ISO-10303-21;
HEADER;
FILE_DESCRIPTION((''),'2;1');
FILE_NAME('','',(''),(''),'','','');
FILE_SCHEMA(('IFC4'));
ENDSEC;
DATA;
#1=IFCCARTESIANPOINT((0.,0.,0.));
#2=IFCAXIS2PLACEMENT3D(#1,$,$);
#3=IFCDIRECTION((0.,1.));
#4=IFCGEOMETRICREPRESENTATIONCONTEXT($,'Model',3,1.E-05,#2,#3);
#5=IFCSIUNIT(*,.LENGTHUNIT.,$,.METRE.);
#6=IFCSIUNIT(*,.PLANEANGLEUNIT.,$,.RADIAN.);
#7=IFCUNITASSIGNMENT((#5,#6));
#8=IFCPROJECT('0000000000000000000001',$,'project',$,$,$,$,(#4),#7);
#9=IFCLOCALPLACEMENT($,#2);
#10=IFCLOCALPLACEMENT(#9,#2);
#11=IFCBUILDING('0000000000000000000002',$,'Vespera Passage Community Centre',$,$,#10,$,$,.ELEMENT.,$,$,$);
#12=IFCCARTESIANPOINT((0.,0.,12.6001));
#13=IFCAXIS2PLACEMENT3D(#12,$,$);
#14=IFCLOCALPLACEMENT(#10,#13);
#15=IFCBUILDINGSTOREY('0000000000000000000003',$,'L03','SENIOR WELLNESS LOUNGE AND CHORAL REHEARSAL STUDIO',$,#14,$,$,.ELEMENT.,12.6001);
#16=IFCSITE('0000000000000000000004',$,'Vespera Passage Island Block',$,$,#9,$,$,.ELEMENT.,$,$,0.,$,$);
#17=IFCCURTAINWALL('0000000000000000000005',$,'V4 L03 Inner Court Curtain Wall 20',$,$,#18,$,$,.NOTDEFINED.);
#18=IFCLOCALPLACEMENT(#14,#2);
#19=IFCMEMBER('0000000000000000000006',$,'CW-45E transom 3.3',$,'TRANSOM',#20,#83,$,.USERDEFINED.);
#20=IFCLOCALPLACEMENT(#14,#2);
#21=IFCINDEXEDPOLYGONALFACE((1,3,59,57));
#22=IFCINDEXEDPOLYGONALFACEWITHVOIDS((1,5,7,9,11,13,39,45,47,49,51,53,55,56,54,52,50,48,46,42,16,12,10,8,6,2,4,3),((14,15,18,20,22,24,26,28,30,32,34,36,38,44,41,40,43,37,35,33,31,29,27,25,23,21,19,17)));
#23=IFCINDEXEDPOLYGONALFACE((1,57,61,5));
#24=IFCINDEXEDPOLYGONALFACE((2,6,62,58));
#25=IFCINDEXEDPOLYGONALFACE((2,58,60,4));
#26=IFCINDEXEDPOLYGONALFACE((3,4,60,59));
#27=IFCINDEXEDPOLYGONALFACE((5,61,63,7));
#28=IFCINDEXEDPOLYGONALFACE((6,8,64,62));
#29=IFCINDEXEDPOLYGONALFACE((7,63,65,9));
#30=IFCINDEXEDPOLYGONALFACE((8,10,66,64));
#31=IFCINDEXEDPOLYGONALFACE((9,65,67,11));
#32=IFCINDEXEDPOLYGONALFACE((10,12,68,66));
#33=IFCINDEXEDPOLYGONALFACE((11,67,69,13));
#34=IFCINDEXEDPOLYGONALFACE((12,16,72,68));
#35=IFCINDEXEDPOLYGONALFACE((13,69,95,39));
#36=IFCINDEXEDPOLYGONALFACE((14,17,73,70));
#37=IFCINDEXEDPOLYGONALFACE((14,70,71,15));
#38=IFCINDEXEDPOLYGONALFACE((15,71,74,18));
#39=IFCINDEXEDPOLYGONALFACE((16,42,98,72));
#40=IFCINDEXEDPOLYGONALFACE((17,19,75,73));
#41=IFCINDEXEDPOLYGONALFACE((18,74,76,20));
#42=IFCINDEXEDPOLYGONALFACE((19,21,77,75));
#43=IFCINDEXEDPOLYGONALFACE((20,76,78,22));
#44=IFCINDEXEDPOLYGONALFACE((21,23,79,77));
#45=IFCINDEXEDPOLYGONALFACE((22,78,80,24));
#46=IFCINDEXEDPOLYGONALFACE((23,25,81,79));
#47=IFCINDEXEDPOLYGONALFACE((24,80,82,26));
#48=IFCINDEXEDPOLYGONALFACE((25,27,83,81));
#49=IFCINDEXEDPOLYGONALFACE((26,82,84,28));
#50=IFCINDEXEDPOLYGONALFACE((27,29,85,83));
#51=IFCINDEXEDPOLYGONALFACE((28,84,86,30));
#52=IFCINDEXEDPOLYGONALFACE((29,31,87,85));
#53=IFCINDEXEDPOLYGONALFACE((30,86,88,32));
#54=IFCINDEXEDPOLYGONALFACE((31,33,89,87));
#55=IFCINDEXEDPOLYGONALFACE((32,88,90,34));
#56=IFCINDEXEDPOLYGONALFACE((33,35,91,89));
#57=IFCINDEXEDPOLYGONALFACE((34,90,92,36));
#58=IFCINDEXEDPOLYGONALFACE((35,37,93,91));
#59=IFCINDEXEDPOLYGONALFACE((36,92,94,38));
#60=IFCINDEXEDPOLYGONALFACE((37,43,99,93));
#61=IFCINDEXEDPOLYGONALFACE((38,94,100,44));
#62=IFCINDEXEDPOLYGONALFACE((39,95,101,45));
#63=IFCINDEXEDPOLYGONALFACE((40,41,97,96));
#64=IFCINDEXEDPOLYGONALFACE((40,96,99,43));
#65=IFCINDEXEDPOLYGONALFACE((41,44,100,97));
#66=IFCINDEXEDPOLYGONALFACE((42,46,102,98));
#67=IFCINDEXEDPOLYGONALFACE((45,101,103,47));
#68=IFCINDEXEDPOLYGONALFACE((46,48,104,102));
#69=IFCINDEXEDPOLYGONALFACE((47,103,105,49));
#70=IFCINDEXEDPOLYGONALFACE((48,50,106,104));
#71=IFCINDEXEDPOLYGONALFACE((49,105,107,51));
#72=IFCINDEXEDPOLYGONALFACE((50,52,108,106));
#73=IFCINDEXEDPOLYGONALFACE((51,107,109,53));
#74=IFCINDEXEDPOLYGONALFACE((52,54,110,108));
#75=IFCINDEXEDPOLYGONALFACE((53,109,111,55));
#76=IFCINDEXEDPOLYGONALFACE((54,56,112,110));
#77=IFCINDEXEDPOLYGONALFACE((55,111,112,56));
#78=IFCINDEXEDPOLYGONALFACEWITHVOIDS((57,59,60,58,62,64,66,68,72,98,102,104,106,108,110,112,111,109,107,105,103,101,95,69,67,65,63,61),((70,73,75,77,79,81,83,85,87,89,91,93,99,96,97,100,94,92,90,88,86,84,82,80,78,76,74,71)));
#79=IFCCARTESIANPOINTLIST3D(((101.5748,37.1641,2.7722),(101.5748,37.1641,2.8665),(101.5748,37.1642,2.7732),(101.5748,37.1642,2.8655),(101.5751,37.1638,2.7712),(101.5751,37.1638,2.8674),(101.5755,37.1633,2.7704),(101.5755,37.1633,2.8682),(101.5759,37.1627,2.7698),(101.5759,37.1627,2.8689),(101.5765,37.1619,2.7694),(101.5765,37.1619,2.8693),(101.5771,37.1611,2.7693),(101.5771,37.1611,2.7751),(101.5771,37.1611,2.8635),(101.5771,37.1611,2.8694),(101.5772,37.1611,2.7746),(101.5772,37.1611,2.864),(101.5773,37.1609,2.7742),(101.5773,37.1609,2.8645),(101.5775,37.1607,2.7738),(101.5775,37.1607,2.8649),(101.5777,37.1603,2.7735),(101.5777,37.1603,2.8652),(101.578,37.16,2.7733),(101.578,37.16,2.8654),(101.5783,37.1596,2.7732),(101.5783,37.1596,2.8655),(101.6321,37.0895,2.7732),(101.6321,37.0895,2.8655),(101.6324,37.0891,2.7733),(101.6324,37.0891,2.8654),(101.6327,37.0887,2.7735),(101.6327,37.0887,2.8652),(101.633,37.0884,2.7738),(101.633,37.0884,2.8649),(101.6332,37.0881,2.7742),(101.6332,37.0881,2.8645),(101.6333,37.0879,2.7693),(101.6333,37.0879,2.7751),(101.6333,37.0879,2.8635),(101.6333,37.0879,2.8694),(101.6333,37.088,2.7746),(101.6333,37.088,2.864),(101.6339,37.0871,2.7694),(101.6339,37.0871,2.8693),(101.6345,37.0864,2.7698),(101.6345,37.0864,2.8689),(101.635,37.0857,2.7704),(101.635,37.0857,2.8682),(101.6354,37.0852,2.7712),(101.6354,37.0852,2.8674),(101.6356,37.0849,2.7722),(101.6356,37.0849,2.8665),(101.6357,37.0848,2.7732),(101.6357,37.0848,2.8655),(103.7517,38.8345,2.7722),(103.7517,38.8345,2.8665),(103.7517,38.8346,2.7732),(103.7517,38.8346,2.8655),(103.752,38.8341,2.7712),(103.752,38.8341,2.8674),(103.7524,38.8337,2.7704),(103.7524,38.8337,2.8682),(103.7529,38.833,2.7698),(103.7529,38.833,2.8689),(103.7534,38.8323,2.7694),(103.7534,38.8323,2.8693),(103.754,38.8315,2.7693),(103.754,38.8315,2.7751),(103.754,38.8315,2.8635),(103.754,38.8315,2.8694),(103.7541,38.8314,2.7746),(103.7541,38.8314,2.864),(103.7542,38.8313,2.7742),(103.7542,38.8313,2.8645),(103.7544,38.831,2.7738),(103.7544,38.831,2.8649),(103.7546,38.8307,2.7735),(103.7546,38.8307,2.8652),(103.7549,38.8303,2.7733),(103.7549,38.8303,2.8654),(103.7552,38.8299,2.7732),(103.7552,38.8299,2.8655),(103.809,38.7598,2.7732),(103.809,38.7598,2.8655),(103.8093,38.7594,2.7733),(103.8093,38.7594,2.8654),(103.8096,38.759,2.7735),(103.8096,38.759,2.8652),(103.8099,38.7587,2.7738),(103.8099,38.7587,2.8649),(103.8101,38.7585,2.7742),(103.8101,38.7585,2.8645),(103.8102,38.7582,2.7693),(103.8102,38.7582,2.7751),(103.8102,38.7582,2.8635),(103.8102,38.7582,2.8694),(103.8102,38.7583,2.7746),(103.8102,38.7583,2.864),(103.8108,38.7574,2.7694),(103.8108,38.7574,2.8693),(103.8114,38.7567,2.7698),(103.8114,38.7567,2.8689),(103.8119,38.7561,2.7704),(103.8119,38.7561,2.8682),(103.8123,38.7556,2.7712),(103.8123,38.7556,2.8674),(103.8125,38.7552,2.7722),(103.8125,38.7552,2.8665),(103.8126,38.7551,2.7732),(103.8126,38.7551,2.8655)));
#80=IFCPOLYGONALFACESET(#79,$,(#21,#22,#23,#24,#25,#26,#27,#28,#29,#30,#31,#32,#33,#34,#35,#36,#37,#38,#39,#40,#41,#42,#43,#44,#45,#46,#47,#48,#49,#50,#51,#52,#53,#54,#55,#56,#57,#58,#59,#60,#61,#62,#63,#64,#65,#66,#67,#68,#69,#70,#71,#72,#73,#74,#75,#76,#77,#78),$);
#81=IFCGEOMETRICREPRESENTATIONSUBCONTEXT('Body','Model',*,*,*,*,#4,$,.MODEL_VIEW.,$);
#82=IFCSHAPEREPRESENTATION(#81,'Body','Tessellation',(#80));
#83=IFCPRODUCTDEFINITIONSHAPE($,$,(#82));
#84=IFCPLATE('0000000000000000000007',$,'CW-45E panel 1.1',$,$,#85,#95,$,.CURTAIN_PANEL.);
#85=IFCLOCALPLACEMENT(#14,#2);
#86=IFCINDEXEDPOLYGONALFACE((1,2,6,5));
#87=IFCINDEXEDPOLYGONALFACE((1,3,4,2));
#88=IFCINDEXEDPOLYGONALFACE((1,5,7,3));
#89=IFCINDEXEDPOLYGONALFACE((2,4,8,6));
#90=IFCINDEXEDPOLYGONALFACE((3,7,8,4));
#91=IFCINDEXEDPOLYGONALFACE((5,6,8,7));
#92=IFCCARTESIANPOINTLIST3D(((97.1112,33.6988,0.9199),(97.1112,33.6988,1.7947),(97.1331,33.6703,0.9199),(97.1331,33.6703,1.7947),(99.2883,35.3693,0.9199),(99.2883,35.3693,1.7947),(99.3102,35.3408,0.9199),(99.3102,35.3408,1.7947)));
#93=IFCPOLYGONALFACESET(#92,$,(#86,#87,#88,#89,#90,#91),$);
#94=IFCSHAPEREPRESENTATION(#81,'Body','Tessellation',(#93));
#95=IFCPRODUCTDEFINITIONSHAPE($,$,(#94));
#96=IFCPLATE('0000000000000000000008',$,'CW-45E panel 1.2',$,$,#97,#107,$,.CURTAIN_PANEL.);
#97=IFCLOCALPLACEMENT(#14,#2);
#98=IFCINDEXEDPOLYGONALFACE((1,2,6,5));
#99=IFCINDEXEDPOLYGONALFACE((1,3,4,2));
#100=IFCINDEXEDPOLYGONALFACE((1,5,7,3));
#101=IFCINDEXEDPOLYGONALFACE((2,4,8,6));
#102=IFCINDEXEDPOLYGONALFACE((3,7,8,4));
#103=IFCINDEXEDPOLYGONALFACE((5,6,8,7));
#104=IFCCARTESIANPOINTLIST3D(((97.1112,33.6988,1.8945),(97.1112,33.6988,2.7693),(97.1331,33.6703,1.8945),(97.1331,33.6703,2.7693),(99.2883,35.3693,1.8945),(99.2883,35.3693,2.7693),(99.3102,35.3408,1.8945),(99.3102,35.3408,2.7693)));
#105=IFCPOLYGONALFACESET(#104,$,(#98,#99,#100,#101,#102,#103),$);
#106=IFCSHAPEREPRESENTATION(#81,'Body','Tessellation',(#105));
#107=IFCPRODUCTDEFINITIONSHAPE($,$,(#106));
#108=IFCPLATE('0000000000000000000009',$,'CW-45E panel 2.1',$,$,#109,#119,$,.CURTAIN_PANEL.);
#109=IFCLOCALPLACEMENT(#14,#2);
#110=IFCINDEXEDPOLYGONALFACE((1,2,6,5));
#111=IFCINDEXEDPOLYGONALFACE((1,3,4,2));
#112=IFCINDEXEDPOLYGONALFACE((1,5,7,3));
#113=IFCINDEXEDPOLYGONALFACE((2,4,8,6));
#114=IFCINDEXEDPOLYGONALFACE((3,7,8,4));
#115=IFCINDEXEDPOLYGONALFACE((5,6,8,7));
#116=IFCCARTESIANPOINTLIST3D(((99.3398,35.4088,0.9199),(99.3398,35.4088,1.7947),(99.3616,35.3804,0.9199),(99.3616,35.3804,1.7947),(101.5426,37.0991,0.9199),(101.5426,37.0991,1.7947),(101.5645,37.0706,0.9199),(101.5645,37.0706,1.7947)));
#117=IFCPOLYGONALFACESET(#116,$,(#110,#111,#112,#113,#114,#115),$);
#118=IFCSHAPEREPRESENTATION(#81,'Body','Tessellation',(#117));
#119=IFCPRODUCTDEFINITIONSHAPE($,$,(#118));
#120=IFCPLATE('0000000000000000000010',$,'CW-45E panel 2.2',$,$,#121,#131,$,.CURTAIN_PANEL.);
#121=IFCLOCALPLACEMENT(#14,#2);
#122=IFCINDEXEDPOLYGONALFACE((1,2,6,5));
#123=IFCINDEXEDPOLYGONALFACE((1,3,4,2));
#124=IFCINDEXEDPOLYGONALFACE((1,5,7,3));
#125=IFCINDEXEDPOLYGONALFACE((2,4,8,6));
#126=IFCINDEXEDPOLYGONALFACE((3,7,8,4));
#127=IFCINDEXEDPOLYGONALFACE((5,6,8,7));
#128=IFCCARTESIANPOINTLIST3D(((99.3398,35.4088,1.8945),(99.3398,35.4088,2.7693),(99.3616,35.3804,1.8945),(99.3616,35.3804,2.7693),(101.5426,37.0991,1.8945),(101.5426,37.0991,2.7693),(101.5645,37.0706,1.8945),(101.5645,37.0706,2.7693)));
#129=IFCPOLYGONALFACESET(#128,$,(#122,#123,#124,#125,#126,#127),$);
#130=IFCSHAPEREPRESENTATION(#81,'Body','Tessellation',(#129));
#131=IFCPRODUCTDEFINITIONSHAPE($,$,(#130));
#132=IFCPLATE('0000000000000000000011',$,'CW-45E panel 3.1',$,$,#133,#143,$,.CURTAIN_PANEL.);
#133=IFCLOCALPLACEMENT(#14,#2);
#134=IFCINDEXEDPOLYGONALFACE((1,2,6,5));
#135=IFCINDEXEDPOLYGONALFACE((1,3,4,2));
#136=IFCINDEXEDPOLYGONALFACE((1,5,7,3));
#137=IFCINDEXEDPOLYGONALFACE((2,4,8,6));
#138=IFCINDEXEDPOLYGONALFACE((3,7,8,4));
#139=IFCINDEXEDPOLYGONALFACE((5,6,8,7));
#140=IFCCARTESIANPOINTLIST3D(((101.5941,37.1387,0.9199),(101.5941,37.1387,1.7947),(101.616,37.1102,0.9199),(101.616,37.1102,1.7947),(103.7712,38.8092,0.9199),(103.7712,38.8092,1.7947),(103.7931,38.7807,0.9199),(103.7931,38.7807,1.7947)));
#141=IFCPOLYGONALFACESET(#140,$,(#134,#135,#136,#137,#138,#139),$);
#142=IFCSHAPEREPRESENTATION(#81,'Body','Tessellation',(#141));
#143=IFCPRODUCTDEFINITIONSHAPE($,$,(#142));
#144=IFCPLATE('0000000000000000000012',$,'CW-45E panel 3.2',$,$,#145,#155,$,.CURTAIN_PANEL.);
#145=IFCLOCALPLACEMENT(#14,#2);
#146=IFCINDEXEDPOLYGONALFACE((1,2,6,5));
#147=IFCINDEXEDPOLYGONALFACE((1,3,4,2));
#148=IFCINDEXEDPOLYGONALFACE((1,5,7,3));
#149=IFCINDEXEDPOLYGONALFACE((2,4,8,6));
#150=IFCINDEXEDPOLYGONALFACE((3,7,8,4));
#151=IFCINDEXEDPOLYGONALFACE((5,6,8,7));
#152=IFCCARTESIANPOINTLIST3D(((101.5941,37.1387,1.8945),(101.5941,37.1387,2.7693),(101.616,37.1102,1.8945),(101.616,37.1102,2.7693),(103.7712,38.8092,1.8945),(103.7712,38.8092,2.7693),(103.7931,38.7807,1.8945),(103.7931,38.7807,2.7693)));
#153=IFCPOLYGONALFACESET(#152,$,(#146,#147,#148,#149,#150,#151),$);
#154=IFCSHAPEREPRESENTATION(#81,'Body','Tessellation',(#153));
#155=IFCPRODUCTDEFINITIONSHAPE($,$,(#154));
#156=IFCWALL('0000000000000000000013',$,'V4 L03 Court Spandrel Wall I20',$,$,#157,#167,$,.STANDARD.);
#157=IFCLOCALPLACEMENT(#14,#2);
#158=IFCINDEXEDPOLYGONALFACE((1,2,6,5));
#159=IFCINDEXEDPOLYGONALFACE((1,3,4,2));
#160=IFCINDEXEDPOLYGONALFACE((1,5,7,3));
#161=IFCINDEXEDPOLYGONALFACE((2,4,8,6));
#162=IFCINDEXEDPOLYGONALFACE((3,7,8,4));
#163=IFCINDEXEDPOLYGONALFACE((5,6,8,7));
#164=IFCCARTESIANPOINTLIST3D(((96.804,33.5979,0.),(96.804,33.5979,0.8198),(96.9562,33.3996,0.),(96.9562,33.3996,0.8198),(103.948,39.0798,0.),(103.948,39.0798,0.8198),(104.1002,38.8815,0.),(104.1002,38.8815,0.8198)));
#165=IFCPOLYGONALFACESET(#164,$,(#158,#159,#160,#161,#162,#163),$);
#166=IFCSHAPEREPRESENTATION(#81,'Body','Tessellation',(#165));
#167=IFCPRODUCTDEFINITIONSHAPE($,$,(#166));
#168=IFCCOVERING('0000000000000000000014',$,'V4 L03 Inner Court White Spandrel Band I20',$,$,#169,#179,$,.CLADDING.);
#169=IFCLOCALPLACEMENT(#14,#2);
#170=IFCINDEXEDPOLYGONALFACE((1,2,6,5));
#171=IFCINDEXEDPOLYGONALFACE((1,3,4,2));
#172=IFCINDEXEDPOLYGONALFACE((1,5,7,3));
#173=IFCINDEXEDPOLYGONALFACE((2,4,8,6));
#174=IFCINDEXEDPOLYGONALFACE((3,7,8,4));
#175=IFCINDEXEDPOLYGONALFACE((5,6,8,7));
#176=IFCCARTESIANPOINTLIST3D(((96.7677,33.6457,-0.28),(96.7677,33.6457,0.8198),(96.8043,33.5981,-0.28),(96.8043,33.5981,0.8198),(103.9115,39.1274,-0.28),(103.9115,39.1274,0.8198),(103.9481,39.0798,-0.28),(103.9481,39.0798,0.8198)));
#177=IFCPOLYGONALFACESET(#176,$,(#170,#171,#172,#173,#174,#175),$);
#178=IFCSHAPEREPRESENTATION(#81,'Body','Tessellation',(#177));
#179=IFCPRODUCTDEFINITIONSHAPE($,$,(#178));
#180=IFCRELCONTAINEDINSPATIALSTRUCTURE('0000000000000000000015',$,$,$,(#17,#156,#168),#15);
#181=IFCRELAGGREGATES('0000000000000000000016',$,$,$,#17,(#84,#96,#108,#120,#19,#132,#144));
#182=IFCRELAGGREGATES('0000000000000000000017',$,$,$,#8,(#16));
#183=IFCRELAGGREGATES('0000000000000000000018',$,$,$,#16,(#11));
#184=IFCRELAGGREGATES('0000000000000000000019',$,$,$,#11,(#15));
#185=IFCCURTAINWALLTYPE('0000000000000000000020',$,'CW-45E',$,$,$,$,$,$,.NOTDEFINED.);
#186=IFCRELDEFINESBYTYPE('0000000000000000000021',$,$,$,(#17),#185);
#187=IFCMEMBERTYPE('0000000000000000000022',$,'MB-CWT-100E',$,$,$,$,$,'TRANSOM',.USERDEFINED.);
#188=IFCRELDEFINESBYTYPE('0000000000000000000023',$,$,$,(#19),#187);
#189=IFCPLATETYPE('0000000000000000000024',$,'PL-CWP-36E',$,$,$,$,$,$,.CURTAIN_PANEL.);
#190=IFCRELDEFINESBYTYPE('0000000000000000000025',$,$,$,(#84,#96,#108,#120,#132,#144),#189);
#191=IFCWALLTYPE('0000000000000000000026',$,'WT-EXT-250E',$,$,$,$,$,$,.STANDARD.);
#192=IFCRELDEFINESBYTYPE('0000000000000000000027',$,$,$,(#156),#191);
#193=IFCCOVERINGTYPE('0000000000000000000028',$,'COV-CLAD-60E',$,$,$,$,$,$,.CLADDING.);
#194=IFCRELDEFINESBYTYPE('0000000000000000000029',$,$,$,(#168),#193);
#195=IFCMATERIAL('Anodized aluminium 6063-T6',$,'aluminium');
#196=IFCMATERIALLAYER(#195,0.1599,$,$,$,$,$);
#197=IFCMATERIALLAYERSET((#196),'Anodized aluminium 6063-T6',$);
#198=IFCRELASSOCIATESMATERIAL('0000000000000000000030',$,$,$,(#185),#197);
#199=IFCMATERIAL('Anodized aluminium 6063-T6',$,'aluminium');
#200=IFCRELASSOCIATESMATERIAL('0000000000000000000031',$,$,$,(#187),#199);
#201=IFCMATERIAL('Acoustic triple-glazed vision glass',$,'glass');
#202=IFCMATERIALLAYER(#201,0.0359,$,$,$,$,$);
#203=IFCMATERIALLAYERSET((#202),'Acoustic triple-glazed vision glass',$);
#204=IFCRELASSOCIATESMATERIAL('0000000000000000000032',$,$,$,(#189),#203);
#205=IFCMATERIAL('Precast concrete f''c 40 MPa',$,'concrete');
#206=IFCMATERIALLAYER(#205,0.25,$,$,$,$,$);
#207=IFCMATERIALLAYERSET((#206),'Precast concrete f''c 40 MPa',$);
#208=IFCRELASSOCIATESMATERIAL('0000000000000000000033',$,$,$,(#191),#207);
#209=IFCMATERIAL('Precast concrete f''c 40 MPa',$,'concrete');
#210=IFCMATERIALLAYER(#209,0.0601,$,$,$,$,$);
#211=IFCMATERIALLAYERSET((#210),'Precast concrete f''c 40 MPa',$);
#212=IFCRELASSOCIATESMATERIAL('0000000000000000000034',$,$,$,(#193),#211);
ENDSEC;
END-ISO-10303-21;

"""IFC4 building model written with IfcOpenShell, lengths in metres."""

from ifc_helpers import new_model, si_unit, direction, frame, frame_2d, origin, origin_2d, place, context, subcontext, project, spatial, rectangle, hollow_rectangle, extrude, material, layer, layer_set, material_profile, profile_set, type_object, element, aggregate, save


model = new_model("IFC4")

# Units and contexts
model_context = context("Model", 3, precision=1e-05, world=origin(), true_north=direction((0.0, 1.0)))
body_context = subcontext(model_context, "Body", "Model", "MODEL_VIEW")
ifc_project = project(units=[si_unit("LENGTHUNIT", "METRE"), si_unit("PLANEANGLEUNIT", "RADIAN")], contexts=[model_context])

# Site, building, storey
site_placement = place(None, origin())
site = spatial("IfcSite", under=ifc_project, at=site_placement, Name="Vespera Passage Island Block", CompositionType="ELEMENT", RefElevation=0.0)
building_placement = place(site_placement, origin())
building = spatial("IfcBuilding", under=site, at=building_placement, Name="Vespera Passage Community Centre", CompositionType="ELEMENT")
storey_placement = place(building_placement, frame((0.0, 0.0, 12.6001)))
storey = spatial("IfcBuildingStorey", under=building, at=storey_placement, Name="L03", Description="SENIOR WELLNESS LOUNGE AND CHORAL REHEARSAL STUDIO", CompositionType="ELEMENT", Elevation=12.6001)

# Curtain wall, member, plates
ifc_material_1 = material(Name="Anodized aluminium 6063-T6", Category="aluminium")
ifc_layer_1 = layer(ifc_material_1, 0.1599)
ifc_layer_set_1 = layer_set([ifc_layer_1], Name="Anodized aluminium 6063-T6")
curtain_wall_type = type_object("IfcCurtainWallType", Name="CW-45E", PredefinedType="NOTDEFINED", material=ifc_layer_set_1)
curtain_wall_placement = place(storey_placement, origin())
curtain_wall = element("IfcCurtainWall", 1, at=curtain_wall_placement, inside=storey, type_object=curtain_wall_type, Name="V4 L03 Inner Court Curtain Wall 20", PredefinedType="NOTDEFINED")
ifc_material_2 = material(Name="Anodized aluminium 6063-T6", Category="aluminium")
ifc_material_profile_1 = material_profile(ifc_material_2, hollow_rectangle(XDim=0.1001, YDim=0.1001, WallThickness=0.0039, InnerFilletRadius=0.002, OuterFilletRadius=0.0039, at=origin_2d()), Name="ALU100X100X4")
ifc_profile_set_1 = profile_set([ifc_material_profile_1], Name="Anodized aluminium 6063-T6")
member_type_1 = type_object("IfcMemberType", Name="MB-CWT-100E", ElementType="TRANSOM", PredefinedType="USERDEFINED", material=ifc_profile_set_1)
member_1_placement = place(storey_placement, frame((101.6052, 37.1245, 2.8193), z_axis=(0.793364, 0.608747, 0.0), x_axis=(-0.608747, 0.793364, 0.0)))
member_1 = element("IfcMember", 2, at=member_1_placement, type_object=member_type_1, Name="CW-45E transom 3.3", ObjectType="TRANSOM", PredefinedType="USERDEFINED", context=body_context, shape_type="SweptSolid", body=[
    extrude(hollow_rectangle(XDim=0.1001, YDim=0.1001, WallThickness=0.0039, InnerFilletRadius=0.002, OuterFilletRadius=0.0039, at=origin_2d()), origin(), (0.0, 0.0, 1.0), 2.7439),
])
ifc_material_3 = material(Name="Acoustic triple-glazed vision glass", Category="glass")
ifc_layer_2 = layer(ifc_material_3, 0.0359)
ifc_layer_set_2 = layer_set([ifc_layer_2], Name="Acoustic triple-glazed vision glass")
plate_type = type_object("IfcPlateType", Name="PL-CWP-36E", PredefinedType="CURTAIN_PANEL", material=ifc_layer_set_2)
plate_1_placement = place(storey_placement, frame((98.2107, 34.5198, 0.9199), z_axis=(0.0, 0.0, 1.0), x_axis=(0.793358, 0.608755, 0.0)))
plate_1 = element("IfcPlate", 3, at=plate_1_placement, type_object=plate_type, Name="CW-45E panel 1.1", PredefinedType="CURTAIN_PANEL", context=body_context, shape_type="SweptSolid", body=[
    extrude(rectangle(XDim=2.7441, YDim=0.0359, at=origin_2d()), origin(), (0.0, 0.0, 1.0), 0.8748),
])
plate_2_placement = place(storey_placement, frame((98.2107, 34.5198, 1.8945), z_axis=(0.0, 0.0, 1.0), x_axis=(0.793358, 0.608755, 0.0)))
plate_2 = element("IfcPlate", 4, at=plate_2_placement, type_object=plate_type, Name="CW-45E panel 1.2", PredefinedType="CURTAIN_PANEL", context=body_context, shape_type="SweptSolid", body=[
    extrude(rectangle(XDim=2.7441, YDim=0.0359, at=origin_2d()), origin(), (0.0, 0.0, 1.0), 0.8748),
])
plate_3_placement = place(storey_placement, frame((100.4521, 36.2397, 0.9199), z_axis=(0.0, 0.0, 1.0), x_axis=(0.793358, 0.608755, 0.0)))
plate_3 = element("IfcPlate", 5, at=plate_3_placement, type_object=plate_type, Name="CW-45E panel 2.1", PredefinedType="CURTAIN_PANEL", context=body_context, shape_type="SweptSolid", body=[
    extrude(rectangle(XDim=2.7766, YDim=0.0359, at=origin_2d()), origin(), (0.0, 0.0, 1.0), 0.8748),
])
plate_4_placement = place(storey_placement, frame((100.4521, 36.2397, 1.8945), z_axis=(0.0, 0.0, 1.0), x_axis=(0.793358, 0.608755, 0.0)))
plate_4 = element("IfcPlate", 6, at=plate_4_placement, type_object=plate_type, Name="CW-45E panel 2.2", PredefinedType="CURTAIN_PANEL", context=body_context, shape_type="SweptSolid", body=[
    extrude(rectangle(XDim=2.7766, YDim=0.0359, at=origin_2d()), origin(), (0.0, 0.0, 1.0), 0.8748),
])
plate_5_placement = place(storey_placement, frame((102.6936, 37.9597, 0.9199), z_axis=(0.0, 0.0, 1.0), x_axis=(0.793358, 0.608755, 0.0)))
plate_5 = element("IfcPlate", 7, at=plate_5_placement, type_object=plate_type, Name="CW-45E panel 3.1", PredefinedType="CURTAIN_PANEL", context=body_context, shape_type="SweptSolid", body=[
    extrude(rectangle(XDim=2.7441, YDim=0.0359, at=origin_2d()), origin(), (0.0, 0.0, 1.0), 0.8748),
])
plate_6_placement = place(storey_placement, frame((102.6936, 37.9597, 1.8945), z_axis=(0.0, 0.0, 1.0), x_axis=(0.793358, 0.608755, 0.0)))
plate_6 = element("IfcPlate", 8, at=plate_6_placement, type_object=plate_type, Name="CW-45E panel 3.2", PredefinedType="CURTAIN_PANEL", context=body_context, shape_type="SweptSolid", body=[
    extrude(rectangle(XDim=2.7441, YDim=0.0359, at=origin_2d()), origin(), (0.0, 0.0, 1.0), 0.8748),
])
aggregate(curtain_wall, [plate_1, plate_2, plate_3, plate_4, member_1, plate_5, plate_6])

# Wall
ifc_material_4 = material(Name="Precast concrete f'c 40 MPa", Category="concrete")
ifc_layer_3 = layer(ifc_material_4, 0.25)
ifc_layer_set_3 = layer_set([ifc_layer_3], Name="Precast concrete f'c 40 MPa")
wall_type = type_object("IfcWallType", Name="WT-EXT-250E", PredefinedType="STANDARD", material=ifc_layer_set_3)
wall_placement = place(storey_placement, frame((96.8801, 33.4988, 0.0), z_axis=(0.0, 0.0, 1.0), x_axis=(0.793347, 0.60877, 0.0)))
element("IfcWall", 9, at=wall_placement, inside=storey, type_object=wall_type, Name="V4 L03 Court Spandrel Wall I20", PredefinedType="STANDARD", context=body_context, shape_type="SweptSolid", body=[
    extrude(rectangle(XDim=9.0049, YDim=0.25, at=frame_2d((4.5024, 0.0))), origin(), (0.0, 0.0, 1.0), 0.8198),
])

# Covering
ifc_material_5 = material(Name="Precast concrete f'c 40 MPa", Category="concrete")
ifc_layer_4 = layer(ifc_material_5, 0.0601)
ifc_layer_set_4 = layer_set([ifc_layer_4], Name="Precast concrete f'c 40 MPa")
covering_type = type_object("IfcCoveringType", Name="COV-CLAD-60E", PredefinedType="CLADDING", material=ifc_layer_set_4)
covering_placement = place(storey_placement, frame((96.7859, 33.6218, -0.28), z_axis=(0.0, 0.0, 1.0), x_axis=(0.79335, 0.608766, 0.0)))
element("IfcCovering", 10, at=covering_placement, inside=storey, type_object=covering_type, Name="V4 L03 Inner Court White Spandrel Band I20", PredefinedType="CLADDING", context=body_context, shape_type="SweptSolid", body=[
    extrude(rectangle(XDim=9.0046, YDim=0.0601, at=frame_2d((4.5024, 0.0))), origin(), (0.0, 0.0, 1.0), 1.0999),
])

save(model, "model.ifc")
